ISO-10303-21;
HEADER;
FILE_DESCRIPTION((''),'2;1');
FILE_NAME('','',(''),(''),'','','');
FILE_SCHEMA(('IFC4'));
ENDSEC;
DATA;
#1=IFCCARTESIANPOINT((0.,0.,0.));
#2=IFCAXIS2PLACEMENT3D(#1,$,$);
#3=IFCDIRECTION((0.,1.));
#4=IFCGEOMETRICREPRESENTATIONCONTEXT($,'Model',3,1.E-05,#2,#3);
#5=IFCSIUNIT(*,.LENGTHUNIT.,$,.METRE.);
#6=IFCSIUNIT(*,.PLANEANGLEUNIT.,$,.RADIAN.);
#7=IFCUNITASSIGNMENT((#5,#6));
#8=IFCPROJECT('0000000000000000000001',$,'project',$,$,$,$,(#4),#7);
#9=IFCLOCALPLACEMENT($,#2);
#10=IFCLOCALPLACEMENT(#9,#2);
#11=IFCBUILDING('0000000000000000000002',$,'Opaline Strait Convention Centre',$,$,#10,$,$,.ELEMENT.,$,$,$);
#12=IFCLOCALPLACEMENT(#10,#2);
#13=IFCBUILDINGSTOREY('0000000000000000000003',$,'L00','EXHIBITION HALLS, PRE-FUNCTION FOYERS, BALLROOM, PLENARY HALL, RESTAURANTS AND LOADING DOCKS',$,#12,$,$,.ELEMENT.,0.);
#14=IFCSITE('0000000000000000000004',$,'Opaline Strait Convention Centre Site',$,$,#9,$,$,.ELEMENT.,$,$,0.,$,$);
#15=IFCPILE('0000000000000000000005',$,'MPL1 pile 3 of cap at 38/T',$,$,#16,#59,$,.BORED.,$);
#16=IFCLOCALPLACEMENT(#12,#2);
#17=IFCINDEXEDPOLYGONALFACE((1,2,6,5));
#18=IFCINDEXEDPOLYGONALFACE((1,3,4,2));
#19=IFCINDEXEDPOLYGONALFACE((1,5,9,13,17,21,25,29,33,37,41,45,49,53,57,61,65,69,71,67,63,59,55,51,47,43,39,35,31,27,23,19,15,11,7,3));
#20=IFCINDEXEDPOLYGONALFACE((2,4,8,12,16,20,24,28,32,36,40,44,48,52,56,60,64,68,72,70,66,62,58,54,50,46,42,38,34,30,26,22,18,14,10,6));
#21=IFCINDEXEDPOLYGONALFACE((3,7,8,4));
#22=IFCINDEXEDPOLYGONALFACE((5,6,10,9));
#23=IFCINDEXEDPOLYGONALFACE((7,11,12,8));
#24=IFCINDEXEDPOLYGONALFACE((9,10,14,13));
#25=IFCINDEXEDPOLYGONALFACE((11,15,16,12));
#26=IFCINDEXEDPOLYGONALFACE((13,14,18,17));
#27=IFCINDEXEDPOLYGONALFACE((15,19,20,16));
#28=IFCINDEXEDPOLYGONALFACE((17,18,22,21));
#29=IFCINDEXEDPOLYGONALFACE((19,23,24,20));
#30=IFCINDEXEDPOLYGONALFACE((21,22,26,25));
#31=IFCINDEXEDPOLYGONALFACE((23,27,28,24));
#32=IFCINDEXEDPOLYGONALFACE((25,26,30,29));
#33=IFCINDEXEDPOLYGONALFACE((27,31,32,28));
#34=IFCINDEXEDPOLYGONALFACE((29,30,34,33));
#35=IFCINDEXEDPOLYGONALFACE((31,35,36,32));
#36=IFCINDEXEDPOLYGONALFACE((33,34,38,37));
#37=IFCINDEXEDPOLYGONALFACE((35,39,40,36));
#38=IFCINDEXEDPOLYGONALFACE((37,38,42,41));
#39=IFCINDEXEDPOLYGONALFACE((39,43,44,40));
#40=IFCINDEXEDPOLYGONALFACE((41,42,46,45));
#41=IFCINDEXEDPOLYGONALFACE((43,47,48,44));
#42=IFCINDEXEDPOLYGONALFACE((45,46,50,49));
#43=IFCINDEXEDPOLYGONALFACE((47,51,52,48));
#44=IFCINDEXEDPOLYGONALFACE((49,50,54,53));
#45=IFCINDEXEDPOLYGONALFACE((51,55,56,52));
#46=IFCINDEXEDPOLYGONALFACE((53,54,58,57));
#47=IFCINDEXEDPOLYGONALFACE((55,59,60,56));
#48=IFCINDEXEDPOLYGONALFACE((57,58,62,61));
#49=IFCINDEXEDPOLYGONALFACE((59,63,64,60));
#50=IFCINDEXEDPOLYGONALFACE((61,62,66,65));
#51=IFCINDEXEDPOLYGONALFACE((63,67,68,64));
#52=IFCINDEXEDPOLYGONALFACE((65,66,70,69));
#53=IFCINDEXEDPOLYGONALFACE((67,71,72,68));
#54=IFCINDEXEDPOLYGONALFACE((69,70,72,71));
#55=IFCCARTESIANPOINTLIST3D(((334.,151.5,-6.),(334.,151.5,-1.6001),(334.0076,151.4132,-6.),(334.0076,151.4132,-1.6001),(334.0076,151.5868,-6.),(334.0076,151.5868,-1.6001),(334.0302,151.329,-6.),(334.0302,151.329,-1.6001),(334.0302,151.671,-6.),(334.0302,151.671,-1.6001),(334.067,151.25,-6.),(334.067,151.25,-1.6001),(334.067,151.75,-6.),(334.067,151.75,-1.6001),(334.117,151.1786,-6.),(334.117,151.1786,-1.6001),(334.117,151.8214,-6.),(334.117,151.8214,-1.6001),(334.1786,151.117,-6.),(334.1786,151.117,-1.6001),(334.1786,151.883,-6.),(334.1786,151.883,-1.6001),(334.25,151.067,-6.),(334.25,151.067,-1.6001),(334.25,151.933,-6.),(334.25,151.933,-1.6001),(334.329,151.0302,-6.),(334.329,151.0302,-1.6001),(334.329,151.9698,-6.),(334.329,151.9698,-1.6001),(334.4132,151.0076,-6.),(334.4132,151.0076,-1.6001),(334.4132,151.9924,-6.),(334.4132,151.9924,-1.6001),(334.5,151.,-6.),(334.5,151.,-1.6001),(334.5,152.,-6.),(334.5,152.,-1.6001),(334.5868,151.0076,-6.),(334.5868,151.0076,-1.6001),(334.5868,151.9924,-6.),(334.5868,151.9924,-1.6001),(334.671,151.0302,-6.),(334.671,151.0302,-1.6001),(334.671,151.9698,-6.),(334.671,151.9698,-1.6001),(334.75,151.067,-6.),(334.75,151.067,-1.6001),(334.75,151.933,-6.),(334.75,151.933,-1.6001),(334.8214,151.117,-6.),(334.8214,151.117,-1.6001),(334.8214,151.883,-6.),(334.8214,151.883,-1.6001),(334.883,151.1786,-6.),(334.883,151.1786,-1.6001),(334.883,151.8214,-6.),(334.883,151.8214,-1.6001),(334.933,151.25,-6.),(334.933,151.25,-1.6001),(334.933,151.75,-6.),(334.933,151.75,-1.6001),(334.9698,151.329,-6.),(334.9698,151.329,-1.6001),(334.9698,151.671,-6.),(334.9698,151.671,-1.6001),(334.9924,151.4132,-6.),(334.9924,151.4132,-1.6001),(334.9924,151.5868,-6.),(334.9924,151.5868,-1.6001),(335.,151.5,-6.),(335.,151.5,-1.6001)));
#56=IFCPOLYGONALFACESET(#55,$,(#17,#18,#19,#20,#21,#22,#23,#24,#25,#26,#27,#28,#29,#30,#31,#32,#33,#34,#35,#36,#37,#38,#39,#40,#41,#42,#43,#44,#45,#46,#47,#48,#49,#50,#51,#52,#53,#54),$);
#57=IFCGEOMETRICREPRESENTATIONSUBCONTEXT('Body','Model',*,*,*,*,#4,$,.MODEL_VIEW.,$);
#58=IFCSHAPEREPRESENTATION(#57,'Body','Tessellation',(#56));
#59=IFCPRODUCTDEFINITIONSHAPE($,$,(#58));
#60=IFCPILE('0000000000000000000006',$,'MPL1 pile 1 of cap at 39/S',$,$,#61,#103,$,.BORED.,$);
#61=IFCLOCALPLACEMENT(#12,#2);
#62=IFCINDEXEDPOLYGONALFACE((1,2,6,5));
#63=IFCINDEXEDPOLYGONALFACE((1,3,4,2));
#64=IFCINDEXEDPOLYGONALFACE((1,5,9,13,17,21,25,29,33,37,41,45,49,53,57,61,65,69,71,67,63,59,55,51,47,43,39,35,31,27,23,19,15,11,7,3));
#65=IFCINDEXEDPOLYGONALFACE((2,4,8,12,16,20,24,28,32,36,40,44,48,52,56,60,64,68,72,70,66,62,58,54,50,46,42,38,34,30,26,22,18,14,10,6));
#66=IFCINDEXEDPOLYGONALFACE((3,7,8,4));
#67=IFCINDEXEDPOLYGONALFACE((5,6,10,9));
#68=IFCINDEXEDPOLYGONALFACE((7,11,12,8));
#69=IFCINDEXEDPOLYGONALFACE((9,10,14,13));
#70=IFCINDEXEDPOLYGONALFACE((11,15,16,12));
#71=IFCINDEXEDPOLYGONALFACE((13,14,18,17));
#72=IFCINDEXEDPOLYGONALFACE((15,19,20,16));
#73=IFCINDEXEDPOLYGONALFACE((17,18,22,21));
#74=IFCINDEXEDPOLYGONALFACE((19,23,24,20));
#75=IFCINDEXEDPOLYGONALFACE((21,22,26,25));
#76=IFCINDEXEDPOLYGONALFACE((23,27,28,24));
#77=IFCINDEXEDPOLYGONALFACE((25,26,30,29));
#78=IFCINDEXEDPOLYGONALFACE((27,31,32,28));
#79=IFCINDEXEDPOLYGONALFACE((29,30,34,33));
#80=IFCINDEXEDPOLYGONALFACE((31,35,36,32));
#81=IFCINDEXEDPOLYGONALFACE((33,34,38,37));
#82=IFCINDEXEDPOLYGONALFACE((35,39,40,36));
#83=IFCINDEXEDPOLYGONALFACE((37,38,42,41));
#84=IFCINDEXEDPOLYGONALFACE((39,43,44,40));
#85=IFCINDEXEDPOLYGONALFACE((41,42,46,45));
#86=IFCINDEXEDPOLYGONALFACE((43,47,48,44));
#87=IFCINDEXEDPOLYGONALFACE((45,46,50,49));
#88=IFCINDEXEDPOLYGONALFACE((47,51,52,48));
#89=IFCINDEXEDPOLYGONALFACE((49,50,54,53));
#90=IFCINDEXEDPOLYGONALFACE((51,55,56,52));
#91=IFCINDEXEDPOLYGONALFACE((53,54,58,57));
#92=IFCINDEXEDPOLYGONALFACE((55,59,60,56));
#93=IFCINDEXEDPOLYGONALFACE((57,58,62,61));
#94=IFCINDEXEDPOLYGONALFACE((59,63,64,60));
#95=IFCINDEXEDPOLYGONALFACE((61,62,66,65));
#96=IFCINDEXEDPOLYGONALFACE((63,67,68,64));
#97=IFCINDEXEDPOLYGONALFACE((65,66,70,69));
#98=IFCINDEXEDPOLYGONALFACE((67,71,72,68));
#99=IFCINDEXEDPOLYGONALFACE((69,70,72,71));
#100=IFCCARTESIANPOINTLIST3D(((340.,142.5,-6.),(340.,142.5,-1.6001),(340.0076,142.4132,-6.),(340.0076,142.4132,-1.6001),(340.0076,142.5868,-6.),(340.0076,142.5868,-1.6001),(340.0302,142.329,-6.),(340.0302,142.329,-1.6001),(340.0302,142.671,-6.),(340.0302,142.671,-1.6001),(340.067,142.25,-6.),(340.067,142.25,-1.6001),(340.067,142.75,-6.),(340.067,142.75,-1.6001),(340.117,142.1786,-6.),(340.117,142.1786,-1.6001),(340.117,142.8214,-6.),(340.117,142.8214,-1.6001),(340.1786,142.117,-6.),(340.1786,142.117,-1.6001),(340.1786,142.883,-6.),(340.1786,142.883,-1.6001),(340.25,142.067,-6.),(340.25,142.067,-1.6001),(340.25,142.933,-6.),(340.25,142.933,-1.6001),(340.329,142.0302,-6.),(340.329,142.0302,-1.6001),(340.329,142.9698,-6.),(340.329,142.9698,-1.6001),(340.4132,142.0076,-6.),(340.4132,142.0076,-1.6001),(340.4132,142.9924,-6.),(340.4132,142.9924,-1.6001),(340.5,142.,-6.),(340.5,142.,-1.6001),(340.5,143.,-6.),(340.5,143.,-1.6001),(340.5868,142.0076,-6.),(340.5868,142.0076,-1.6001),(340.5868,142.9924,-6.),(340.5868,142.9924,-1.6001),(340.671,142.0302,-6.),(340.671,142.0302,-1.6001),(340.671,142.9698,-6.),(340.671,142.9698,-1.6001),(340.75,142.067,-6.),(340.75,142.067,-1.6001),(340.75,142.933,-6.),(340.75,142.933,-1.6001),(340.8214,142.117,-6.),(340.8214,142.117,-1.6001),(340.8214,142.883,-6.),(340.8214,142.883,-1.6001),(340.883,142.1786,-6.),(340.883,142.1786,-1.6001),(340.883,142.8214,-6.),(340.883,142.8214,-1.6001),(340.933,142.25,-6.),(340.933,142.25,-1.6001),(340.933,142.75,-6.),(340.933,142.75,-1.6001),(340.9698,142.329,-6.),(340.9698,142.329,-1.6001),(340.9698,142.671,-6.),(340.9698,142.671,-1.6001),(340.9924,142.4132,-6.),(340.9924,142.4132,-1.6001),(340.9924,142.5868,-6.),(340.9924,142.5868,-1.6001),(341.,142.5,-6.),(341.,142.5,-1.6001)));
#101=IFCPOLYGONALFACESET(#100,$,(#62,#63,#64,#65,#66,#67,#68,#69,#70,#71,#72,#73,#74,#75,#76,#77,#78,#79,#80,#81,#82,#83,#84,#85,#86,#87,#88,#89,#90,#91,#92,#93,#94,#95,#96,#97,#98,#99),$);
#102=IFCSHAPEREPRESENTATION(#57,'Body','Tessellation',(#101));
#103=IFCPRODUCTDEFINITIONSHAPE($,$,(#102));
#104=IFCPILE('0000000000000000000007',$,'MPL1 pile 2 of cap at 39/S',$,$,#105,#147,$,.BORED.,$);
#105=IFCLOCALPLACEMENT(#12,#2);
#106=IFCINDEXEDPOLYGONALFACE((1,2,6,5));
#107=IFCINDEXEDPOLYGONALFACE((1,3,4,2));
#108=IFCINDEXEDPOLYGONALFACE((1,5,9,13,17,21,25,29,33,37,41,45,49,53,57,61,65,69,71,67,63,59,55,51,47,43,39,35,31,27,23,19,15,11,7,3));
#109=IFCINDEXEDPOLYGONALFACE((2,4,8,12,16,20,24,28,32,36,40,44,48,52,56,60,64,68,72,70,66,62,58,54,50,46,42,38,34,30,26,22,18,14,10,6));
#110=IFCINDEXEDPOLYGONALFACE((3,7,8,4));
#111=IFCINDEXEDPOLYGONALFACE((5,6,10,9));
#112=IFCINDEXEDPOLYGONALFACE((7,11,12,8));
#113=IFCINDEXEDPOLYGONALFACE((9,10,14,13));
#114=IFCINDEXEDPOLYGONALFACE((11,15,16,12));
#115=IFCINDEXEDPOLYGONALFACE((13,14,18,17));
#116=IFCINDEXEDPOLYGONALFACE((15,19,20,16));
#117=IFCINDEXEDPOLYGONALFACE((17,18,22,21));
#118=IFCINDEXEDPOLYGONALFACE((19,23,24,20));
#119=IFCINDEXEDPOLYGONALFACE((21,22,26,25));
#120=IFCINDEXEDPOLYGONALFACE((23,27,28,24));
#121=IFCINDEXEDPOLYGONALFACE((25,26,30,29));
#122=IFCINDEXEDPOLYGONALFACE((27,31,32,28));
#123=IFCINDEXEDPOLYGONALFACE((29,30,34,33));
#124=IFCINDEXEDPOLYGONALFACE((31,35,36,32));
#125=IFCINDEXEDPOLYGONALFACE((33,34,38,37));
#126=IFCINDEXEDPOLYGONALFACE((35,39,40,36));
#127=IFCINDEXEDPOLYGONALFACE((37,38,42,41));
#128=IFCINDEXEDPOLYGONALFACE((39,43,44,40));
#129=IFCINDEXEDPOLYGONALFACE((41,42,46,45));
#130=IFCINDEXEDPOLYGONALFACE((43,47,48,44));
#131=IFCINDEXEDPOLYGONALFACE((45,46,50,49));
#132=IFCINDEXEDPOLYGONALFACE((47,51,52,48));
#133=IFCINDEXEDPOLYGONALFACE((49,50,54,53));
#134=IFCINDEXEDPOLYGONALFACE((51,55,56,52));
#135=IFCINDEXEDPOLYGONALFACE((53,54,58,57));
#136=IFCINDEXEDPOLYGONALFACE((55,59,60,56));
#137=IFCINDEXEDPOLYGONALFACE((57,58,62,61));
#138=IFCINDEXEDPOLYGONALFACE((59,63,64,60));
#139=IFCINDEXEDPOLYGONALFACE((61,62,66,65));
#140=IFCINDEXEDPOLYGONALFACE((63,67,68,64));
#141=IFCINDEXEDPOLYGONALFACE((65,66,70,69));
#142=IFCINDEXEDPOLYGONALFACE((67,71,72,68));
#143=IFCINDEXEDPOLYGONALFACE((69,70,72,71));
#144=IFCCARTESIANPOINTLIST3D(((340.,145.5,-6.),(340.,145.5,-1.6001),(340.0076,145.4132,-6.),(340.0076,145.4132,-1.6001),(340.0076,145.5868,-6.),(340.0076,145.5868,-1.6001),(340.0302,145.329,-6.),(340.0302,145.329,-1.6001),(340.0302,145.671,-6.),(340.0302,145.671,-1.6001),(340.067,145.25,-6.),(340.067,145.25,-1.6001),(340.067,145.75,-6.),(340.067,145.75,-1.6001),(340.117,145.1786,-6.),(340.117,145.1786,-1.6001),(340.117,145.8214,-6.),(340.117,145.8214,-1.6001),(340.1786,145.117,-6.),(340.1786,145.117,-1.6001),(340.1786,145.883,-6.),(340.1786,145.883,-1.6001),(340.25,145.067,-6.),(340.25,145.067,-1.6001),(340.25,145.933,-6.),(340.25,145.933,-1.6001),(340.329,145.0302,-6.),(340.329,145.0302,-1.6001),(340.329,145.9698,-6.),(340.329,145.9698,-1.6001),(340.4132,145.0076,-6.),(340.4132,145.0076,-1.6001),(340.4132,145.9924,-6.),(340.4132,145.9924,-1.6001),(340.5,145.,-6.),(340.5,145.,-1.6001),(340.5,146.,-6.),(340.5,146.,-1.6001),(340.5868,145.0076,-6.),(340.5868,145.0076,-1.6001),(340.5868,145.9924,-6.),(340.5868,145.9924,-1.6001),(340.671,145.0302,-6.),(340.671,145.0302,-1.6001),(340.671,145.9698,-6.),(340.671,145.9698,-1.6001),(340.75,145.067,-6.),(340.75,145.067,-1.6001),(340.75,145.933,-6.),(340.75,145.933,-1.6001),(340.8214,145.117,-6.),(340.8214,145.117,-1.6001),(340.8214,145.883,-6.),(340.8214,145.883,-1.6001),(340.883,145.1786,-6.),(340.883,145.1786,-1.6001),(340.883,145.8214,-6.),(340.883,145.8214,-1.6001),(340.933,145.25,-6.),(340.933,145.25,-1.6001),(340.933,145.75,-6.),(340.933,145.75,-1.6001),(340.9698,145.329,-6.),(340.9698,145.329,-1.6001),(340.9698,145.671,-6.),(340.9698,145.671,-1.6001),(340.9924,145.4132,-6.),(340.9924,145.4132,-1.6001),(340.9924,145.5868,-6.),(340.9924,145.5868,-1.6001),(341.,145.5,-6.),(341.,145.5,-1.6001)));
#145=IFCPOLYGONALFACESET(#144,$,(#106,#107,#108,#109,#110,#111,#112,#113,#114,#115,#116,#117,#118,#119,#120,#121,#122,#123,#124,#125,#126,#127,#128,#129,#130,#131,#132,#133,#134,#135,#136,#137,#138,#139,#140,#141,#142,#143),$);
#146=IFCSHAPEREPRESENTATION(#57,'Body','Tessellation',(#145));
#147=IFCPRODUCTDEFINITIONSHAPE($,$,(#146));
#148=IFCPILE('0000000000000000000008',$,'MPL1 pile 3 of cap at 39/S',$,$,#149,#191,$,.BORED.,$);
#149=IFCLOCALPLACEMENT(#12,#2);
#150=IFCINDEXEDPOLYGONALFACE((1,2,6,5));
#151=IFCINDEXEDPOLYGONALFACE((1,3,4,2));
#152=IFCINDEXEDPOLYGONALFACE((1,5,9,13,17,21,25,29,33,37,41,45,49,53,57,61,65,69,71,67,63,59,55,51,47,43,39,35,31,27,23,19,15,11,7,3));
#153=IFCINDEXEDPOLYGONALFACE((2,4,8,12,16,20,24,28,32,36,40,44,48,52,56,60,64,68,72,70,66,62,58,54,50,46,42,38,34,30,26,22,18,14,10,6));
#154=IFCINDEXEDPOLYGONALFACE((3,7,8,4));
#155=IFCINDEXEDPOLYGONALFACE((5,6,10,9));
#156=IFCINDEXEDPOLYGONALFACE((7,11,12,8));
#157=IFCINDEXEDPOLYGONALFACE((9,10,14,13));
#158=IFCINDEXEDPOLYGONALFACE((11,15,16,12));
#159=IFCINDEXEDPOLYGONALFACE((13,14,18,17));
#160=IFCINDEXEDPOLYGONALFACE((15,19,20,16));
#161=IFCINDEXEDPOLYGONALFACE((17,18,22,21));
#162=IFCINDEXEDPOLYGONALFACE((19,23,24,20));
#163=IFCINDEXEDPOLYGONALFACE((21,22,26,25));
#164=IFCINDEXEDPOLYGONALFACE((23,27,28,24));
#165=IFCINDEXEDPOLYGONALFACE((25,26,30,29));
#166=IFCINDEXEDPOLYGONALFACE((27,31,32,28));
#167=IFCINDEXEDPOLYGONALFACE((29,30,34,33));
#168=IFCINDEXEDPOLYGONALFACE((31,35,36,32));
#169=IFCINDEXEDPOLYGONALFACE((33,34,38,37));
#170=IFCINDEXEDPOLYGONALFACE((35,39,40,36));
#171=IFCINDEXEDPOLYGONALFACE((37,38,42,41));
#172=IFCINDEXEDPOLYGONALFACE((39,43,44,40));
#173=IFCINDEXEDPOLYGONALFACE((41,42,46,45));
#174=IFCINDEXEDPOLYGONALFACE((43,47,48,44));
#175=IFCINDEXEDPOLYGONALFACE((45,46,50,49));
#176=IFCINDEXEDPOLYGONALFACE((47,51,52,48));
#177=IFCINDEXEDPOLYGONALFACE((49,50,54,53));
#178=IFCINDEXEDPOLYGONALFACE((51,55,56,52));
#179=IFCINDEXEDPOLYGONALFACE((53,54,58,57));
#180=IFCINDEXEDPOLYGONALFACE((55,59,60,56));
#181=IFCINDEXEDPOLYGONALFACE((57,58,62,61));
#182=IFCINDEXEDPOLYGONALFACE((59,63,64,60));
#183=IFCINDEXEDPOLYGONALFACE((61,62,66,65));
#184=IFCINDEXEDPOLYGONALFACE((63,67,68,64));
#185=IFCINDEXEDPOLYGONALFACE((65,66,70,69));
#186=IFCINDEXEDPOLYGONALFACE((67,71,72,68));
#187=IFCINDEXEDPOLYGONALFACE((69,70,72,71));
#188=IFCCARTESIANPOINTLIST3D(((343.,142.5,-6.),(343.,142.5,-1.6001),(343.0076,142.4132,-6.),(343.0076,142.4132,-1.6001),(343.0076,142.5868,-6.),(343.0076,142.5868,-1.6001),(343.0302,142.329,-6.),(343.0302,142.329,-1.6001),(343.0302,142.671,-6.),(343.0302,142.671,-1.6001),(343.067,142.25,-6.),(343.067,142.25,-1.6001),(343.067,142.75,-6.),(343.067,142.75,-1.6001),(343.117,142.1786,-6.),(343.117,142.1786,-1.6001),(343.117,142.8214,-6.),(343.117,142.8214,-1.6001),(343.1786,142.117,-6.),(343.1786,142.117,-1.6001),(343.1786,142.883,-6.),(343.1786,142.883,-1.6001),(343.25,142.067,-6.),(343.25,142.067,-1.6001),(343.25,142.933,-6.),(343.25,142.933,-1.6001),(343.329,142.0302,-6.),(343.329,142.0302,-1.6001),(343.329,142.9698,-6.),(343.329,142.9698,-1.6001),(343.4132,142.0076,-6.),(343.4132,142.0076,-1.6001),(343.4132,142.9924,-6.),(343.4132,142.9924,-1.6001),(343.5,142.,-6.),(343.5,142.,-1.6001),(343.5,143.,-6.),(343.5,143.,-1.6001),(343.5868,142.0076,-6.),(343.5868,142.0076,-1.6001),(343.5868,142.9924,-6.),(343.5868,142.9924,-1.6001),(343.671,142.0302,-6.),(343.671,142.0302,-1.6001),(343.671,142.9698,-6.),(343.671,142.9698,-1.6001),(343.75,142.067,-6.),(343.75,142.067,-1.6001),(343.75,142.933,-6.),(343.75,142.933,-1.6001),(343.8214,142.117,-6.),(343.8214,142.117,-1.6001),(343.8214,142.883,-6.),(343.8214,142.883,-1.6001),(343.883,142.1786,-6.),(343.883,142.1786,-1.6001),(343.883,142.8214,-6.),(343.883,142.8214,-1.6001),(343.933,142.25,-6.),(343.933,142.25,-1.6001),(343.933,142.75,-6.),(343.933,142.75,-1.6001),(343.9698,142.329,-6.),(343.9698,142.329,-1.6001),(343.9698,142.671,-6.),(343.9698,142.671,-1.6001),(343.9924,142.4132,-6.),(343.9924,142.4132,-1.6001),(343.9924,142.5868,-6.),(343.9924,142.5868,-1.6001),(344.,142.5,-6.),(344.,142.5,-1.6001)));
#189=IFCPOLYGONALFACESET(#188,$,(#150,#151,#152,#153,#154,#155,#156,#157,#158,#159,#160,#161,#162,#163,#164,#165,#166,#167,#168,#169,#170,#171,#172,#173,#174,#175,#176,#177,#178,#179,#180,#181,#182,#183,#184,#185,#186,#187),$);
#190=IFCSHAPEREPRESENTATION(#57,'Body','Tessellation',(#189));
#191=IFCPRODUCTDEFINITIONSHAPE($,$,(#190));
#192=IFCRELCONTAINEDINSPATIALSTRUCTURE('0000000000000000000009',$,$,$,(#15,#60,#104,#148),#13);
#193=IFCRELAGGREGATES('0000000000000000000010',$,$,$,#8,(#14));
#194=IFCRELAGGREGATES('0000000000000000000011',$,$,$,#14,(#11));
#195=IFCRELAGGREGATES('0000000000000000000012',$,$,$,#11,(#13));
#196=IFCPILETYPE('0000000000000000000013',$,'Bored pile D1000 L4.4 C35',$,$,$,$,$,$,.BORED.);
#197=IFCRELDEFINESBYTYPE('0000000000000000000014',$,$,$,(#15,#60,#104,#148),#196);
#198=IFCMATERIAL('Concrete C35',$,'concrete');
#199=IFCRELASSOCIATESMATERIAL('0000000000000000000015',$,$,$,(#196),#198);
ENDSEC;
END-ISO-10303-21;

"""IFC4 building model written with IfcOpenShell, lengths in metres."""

from ifc_helpers import new_model, si_unit, direction, frame, origin, origin_2d, place, context, subcontext, project, spatial, circle, extrude, material, material_profile, profile_set, type_object, element, save


model = new_model("IFC4")

# Units and contexts
model_context = context("Model", 3, precision=1e-05, world=origin(), true_north=direction((0.0, 1.0)))
body_context = subcontext(model_context, "Body", "Model", "MODEL_VIEW")
ifc_project = project(units=[si_unit("LENGTHUNIT", "METRE"), si_unit("PLANEANGLEUNIT", "RADIAN")], contexts=[model_context])

# Site, building, storey
site_placement = place(None, origin())
site = spatial("IfcSite", under=ifc_project, at=site_placement, Name="Opaline Strait Convention Centre Site", CompositionType="ELEMENT", RefElevation=0.0)
building_placement = place(site_placement, origin())
building = spatial("IfcBuilding", under=site, at=building_placement, Name="Opaline Strait Convention Centre", CompositionType="ELEMENT")
storey_placement = place(building_placement, origin())
storey = spatial("IfcBuildingStorey", under=building, at=storey_placement, Name="L00", Description="EXHIBITION HALLS, PRE-FUNCTION FOYERS, BALLROOM, PLENARY HALL, RESTAURANTS AND LOADING DOCKS", CompositionType="ELEMENT", Elevation=0.0)

# Piles
ifc_material_1 = material(Name="Concrete C35", Category="concrete")
ifc_material_profile_1 = material_profile(ifc_material_1, circle(Radius=0.5, at=origin_2d()), Name="D1000")
ifc_profile_set_1 = profile_set([ifc_material_profile_1], Name="Concrete C35")
pile_type = type_object("IfcPileType", Name="Bored pile D1000 L4.4 C35", PredefinedType="BORED", material=ifc_profile_set_1)
for number, where, z_axis, x_axis, name in (
    (1, (334.5, 151.5, -1.6001), (0.0, 0.0, -1.0), (1.0, 0.0, 0.0), "MPL1 pile 3 of cap at 38/T"),
    (2, (340.5, 142.5, -1.6001), (0.0, 0.0, -1.0), (1.0, 0.0, 0.0), "MPL1 pile 1 of cap at 39/S"),
    (3, (340.5, 145.5, -1.6001), (0.0, 0.0, -1.0), (1.0, 0.0, 0.0), "MPL1 pile 2 of cap at 39/S"),
    (4, (343.5, 142.5, -1.6001), (0.0, 0.0, -1.0), (1.0, 0.0, 0.0), "MPL1 pile 3 of cap at 39/S"),
):
    element("IfcPile", number, at=place(storey_placement, frame(where, z_axis=z_axis, x_axis=x_axis)), inside=storey, type_object=pile_type, Name=name, PredefinedType="BORED", context=body_context, shape_type="SweptSolid", body=[
        extrude(circle(Radius=0.5, at=origin_2d()), origin(), (0.0, 0.0, 1.0), 4.3999),
    ])

save(model, "model.ifc")
